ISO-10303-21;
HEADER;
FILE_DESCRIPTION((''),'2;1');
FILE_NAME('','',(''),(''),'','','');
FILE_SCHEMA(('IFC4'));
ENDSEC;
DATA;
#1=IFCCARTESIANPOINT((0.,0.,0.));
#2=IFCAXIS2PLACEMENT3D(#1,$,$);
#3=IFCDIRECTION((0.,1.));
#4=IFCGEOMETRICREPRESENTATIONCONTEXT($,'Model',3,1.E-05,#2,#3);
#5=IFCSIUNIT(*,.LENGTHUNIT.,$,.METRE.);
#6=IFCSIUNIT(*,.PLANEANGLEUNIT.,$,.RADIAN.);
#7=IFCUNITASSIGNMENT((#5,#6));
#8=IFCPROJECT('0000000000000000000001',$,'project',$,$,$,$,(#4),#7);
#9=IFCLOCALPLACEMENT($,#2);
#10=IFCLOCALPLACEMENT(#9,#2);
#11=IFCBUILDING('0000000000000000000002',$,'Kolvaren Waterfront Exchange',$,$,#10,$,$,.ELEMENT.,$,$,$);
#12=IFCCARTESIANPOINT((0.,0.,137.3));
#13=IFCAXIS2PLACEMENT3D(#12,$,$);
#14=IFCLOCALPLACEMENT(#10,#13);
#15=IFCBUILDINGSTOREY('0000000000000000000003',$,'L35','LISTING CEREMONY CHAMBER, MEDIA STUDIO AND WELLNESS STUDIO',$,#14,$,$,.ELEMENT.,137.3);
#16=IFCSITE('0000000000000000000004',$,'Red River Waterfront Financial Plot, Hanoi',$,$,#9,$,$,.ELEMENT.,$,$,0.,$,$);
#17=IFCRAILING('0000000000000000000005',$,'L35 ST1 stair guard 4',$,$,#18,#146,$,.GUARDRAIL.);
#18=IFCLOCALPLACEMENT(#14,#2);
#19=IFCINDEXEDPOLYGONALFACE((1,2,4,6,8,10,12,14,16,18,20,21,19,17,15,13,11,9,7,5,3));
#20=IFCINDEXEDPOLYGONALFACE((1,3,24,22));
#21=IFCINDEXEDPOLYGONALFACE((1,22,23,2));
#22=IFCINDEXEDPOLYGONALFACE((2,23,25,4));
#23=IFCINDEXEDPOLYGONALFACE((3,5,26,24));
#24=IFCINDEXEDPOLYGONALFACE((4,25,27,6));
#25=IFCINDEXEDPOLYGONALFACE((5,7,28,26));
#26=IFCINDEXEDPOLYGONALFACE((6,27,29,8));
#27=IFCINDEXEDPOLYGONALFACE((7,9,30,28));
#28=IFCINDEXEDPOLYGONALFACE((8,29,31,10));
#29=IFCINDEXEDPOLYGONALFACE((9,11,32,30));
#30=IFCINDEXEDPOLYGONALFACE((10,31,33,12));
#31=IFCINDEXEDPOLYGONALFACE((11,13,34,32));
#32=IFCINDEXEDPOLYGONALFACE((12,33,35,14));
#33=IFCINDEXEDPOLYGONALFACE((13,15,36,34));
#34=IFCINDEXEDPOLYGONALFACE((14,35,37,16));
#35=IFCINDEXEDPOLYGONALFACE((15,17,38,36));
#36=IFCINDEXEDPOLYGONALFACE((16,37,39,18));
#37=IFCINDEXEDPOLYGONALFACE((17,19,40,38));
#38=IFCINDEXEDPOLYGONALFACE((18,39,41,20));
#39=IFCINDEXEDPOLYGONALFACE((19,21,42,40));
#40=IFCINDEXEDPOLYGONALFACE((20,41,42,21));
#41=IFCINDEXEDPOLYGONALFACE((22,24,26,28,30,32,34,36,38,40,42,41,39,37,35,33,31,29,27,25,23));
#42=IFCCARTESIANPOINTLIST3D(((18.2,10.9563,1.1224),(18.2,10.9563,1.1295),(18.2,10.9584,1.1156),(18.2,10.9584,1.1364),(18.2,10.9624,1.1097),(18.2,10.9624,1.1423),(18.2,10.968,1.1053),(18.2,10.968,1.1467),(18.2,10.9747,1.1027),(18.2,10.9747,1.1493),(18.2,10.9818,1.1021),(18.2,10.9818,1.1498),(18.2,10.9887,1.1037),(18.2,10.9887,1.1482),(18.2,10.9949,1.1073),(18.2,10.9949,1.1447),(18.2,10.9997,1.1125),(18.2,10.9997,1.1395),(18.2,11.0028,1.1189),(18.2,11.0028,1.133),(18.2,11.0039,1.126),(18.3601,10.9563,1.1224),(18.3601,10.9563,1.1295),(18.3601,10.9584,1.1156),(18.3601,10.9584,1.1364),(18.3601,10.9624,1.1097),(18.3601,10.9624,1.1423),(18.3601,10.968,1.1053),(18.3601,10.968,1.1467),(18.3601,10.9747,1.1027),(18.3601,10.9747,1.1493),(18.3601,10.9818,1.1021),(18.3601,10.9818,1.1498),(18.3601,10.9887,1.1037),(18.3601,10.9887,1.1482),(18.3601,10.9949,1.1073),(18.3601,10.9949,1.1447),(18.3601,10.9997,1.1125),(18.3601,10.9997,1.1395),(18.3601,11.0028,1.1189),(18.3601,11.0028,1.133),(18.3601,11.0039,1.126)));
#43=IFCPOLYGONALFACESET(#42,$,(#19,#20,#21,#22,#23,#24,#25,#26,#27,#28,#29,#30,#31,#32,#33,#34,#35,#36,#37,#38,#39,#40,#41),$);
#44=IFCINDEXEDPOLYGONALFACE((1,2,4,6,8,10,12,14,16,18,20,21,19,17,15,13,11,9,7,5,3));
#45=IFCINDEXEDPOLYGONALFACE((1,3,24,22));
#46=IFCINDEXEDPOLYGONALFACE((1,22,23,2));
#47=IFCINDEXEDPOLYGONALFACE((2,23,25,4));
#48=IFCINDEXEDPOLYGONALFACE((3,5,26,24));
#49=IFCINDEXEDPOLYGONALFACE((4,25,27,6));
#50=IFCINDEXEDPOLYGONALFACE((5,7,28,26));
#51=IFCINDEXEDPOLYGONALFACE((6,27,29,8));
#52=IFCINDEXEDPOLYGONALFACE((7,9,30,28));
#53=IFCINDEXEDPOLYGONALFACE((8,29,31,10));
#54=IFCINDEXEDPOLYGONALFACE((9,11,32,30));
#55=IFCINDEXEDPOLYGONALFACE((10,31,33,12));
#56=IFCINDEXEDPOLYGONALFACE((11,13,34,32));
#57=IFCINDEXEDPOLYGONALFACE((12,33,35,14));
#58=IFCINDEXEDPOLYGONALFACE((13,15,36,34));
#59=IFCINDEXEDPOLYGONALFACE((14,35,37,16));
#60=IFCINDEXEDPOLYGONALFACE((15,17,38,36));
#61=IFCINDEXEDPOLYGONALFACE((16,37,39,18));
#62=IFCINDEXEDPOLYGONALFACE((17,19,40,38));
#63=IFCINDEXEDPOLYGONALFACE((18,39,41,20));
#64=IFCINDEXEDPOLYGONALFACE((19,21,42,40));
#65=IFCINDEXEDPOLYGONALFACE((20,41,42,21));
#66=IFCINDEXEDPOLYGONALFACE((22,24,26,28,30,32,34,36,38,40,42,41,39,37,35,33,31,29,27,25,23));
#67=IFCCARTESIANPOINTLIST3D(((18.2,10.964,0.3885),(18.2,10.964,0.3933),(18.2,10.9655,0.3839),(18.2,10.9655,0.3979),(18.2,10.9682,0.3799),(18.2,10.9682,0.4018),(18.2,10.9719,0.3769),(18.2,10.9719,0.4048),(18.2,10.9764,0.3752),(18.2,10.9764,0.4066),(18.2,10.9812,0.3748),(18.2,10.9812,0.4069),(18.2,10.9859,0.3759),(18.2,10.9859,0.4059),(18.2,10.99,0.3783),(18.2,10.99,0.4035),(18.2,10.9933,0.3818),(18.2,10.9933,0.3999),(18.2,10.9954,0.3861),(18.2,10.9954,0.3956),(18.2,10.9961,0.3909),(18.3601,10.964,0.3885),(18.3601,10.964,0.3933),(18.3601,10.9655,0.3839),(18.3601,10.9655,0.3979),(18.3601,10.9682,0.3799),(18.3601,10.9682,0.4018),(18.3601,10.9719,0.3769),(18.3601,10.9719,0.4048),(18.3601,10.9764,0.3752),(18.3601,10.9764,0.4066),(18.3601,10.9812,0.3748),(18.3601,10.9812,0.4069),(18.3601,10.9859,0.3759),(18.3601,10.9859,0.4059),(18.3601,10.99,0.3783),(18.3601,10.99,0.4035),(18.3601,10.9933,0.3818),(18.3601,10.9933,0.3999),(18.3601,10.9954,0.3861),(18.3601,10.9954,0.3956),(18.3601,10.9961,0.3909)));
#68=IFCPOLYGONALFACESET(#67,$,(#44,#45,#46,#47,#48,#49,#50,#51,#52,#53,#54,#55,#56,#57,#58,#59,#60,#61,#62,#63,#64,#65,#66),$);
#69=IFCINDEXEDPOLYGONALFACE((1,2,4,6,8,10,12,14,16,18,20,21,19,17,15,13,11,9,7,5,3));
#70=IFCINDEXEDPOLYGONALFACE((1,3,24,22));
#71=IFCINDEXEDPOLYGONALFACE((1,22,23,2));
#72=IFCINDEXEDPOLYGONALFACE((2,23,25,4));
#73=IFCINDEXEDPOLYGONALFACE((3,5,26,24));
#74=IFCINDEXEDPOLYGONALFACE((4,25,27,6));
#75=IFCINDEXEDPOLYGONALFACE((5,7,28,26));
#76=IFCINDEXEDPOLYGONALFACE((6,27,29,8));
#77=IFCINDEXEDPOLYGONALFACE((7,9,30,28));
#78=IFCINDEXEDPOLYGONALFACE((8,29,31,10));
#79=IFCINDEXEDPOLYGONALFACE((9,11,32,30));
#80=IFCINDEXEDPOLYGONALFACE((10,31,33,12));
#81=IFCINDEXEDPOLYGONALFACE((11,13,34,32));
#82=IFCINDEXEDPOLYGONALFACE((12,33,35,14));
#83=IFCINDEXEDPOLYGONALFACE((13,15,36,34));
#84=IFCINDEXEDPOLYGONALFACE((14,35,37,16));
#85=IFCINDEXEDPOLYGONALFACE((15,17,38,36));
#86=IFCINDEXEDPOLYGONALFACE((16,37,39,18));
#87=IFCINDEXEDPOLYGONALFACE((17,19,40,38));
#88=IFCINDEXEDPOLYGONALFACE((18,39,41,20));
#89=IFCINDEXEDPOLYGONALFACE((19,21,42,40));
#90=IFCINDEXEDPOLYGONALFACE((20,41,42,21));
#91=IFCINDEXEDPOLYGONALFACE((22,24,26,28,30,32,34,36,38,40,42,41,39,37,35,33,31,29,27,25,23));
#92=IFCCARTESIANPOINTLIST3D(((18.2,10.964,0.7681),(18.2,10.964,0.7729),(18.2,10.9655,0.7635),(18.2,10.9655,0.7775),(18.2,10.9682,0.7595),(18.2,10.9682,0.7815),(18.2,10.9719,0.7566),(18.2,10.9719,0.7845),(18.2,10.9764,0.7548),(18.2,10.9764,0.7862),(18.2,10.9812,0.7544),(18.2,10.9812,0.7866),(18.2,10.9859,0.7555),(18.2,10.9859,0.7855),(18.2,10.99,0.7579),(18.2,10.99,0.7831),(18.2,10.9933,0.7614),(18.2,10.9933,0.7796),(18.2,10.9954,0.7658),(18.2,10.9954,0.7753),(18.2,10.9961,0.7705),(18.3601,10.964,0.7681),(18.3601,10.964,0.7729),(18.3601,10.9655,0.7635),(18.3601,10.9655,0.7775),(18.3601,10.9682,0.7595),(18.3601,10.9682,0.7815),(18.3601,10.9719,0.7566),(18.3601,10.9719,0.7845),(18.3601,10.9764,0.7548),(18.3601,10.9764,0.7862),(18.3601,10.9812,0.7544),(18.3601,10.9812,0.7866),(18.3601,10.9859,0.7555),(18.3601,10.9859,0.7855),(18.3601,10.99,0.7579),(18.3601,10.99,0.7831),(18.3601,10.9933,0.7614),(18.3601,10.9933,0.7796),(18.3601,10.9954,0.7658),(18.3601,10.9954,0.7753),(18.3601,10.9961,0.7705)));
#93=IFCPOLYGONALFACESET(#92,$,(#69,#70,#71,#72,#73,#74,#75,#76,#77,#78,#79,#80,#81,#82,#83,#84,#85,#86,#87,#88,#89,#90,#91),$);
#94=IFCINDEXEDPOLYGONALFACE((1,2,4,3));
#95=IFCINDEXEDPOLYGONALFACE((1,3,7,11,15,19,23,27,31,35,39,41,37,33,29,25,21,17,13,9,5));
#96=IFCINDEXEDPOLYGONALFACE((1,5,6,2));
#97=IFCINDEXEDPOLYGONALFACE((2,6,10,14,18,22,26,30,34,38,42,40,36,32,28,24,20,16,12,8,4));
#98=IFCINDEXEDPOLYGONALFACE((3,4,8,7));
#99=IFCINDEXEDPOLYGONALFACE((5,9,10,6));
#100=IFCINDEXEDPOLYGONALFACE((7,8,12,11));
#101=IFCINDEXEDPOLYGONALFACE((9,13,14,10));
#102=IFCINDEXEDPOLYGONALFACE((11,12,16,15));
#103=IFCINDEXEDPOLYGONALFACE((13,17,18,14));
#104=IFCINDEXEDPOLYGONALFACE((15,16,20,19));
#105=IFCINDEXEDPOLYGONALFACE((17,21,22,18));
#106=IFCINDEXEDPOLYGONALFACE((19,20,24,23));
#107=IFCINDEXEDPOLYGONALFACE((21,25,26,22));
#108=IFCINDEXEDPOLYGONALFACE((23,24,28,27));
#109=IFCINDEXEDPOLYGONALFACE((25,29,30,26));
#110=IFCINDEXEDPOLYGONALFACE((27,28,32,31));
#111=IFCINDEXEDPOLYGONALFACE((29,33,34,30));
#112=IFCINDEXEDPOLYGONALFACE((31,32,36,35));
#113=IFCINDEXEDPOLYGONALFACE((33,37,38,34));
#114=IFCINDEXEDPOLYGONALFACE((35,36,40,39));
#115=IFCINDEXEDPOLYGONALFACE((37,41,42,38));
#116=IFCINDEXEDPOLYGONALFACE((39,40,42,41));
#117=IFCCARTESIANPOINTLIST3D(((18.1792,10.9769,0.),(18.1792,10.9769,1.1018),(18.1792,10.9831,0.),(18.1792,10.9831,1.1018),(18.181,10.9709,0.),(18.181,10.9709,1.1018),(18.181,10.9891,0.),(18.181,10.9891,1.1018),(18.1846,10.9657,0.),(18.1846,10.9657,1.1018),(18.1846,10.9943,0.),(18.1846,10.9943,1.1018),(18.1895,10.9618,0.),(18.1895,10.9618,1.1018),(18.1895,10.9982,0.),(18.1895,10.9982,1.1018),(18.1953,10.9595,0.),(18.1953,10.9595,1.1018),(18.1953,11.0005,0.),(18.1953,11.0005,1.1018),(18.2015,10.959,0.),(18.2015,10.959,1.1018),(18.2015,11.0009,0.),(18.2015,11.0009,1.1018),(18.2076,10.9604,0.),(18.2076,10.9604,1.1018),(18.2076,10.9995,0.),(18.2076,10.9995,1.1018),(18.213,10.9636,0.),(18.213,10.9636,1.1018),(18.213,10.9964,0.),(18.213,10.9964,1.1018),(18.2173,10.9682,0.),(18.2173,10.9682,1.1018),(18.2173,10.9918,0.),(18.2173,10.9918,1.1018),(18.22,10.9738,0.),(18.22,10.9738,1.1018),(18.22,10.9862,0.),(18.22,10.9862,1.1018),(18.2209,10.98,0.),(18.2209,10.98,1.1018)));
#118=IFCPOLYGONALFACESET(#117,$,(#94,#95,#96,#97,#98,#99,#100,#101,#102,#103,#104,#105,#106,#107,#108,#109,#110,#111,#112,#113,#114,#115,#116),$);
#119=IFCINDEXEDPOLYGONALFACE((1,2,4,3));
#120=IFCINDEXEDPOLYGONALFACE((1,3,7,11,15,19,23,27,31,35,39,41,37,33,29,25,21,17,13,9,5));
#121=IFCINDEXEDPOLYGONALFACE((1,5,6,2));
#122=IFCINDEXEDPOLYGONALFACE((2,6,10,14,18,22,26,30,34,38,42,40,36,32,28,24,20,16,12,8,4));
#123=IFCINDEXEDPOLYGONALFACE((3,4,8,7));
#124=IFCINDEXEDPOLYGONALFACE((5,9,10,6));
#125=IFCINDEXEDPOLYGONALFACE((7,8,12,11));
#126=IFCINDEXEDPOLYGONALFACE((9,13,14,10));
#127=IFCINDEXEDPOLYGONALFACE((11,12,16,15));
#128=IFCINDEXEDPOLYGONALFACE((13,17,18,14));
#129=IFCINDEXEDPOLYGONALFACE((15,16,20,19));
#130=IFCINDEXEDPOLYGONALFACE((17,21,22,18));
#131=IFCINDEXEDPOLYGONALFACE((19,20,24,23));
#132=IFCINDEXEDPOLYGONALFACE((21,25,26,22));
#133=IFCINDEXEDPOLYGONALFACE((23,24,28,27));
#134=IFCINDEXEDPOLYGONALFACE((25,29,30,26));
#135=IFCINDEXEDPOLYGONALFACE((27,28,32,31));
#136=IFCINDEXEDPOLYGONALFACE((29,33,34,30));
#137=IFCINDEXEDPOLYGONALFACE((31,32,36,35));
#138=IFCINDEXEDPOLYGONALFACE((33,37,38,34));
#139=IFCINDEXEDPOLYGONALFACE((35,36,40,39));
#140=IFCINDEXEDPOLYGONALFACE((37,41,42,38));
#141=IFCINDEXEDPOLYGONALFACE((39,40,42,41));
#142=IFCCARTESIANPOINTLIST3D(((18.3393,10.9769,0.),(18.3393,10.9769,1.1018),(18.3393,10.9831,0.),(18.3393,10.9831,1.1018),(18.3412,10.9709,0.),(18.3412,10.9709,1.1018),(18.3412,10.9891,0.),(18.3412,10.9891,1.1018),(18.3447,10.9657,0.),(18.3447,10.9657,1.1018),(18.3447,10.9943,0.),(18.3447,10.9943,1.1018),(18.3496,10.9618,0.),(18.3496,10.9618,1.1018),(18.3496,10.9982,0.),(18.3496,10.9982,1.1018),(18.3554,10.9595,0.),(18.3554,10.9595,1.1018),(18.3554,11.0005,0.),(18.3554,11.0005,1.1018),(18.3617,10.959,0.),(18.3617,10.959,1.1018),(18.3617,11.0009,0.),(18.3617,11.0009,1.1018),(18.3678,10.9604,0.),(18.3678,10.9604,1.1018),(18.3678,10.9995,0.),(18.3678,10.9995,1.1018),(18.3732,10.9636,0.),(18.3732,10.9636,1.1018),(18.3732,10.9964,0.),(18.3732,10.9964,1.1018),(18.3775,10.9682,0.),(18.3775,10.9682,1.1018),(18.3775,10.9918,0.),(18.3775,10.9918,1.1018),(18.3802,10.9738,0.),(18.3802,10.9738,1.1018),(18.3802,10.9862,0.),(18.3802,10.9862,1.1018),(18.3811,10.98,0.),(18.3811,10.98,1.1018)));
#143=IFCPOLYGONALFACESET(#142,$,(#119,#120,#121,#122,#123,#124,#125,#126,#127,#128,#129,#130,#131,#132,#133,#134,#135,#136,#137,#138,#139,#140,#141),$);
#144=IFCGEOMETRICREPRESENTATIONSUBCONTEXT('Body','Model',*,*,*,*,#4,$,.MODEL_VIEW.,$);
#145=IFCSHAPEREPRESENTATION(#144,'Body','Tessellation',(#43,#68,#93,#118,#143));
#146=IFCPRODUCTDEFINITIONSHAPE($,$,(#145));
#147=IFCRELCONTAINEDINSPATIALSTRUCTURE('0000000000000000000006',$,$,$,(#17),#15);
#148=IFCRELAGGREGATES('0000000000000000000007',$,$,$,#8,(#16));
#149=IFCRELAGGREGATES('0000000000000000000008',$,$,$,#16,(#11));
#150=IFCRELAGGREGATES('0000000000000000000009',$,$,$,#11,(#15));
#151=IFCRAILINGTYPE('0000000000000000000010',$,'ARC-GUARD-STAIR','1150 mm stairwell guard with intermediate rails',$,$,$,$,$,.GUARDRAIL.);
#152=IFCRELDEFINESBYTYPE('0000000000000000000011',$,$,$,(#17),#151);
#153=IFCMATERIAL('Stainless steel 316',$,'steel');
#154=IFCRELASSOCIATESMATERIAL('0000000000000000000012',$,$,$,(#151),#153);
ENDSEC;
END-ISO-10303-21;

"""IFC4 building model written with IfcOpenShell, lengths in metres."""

from ifc_helpers import new_model, si_unit, direction, frame, origin, origin_2d, place, context, subcontext, project, spatial, circle, extrude, material, type_object, element, save


model = new_model("IFC4")

# Units and contexts
model_context = context("Model", 3, precision=1e-05, world=origin(), true_north=direction((0.0, 1.0)))
body_context = subcontext(model_context, "Body", "Model", "MODEL_VIEW")
ifc_project = project(units=[si_unit("LENGTHUNIT", "METRE"), si_unit("PLANEANGLEUNIT", "RADIAN")], contexts=[model_context])

# Site, building, storey
site_placement = place(None, origin())
site = spatial("IfcSite", under=ifc_project, at=site_placement, Name="Red River Waterfront Financial Plot, Hanoi", CompositionType="ELEMENT", RefElevation=0.0)
building_placement = place(site_placement, origin())
building = spatial("IfcBuilding", under=site, at=building_placement, Name="Kolvaren Waterfront Exchange", CompositionType="ELEMENT")
storey_placement = place(building_placement, frame((0.0, 0.0, 137.3)))
storey = spatial("IfcBuildingStorey", under=building, at=storey_placement, Name="L35", Description="LISTING CEREMONY CHAMBER, MEDIA STUDIO AND WELLNESS STUDIO", CompositionType="ELEMENT", Elevation=137.3)

# Railing
ifc_material_1 = material(Name="Stainless steel 316", Category="steel")
railing_type_1 = type_object("IfcRailingType", Name="ARC-GUARD-STAIR", Description="1150 mm stairwell guard with intermediate rails", PredefinedType="GUARDRAIL", material=ifc_material_1)
railing_1_placement = place(storey_placement, frame((18.2, 10.98, 0.0)))
element("IfcRailing", 1, at=railing_1_placement, inside=storey, type_object=railing_type_1, Name="L35 ST1 stair guard 4", PredefinedType="GUARDRAIL", context=body_context, shape_type="SweptSolid", body=[
    extrude(circle(Radius=0.0239, at=origin_2d()), frame((0.0, 0.0, 1.126), z_axis=(1.0, 0.0, 0.0), x_axis=(0.0, 1.0, 0.0)), (0.0, 0.0, 1.0), 0.1602),
    extrude(circle(Radius=0.0161, at=origin_2d()), frame((0.0, 0.0, 0.3909), z_axis=(1.0, 0.0, 0.0), x_axis=(0.0, 1.0, 0.0)), (0.0, 0.0, 1.0), 0.1602),
    extrude(circle(Radius=0.0161, at=origin_2d()), frame((0.0, 0.0, 0.7705), z_axis=(1.0, 0.0, 0.0), x_axis=(0.0, 1.0, 0.0)), (0.0, 0.0, 1.0), 0.1602),
    extrude(circle(Radius=0.021, at=origin_2d()), origin(), (0.0, 0.0, 1.0), 1.1018),
    extrude(circle(Radius=0.021, at=origin_2d()), frame((0.1602, 0.0, 0.0)), (0.0, 0.0, 1.0), 1.1018),
])

save(model, "model.ifc")
